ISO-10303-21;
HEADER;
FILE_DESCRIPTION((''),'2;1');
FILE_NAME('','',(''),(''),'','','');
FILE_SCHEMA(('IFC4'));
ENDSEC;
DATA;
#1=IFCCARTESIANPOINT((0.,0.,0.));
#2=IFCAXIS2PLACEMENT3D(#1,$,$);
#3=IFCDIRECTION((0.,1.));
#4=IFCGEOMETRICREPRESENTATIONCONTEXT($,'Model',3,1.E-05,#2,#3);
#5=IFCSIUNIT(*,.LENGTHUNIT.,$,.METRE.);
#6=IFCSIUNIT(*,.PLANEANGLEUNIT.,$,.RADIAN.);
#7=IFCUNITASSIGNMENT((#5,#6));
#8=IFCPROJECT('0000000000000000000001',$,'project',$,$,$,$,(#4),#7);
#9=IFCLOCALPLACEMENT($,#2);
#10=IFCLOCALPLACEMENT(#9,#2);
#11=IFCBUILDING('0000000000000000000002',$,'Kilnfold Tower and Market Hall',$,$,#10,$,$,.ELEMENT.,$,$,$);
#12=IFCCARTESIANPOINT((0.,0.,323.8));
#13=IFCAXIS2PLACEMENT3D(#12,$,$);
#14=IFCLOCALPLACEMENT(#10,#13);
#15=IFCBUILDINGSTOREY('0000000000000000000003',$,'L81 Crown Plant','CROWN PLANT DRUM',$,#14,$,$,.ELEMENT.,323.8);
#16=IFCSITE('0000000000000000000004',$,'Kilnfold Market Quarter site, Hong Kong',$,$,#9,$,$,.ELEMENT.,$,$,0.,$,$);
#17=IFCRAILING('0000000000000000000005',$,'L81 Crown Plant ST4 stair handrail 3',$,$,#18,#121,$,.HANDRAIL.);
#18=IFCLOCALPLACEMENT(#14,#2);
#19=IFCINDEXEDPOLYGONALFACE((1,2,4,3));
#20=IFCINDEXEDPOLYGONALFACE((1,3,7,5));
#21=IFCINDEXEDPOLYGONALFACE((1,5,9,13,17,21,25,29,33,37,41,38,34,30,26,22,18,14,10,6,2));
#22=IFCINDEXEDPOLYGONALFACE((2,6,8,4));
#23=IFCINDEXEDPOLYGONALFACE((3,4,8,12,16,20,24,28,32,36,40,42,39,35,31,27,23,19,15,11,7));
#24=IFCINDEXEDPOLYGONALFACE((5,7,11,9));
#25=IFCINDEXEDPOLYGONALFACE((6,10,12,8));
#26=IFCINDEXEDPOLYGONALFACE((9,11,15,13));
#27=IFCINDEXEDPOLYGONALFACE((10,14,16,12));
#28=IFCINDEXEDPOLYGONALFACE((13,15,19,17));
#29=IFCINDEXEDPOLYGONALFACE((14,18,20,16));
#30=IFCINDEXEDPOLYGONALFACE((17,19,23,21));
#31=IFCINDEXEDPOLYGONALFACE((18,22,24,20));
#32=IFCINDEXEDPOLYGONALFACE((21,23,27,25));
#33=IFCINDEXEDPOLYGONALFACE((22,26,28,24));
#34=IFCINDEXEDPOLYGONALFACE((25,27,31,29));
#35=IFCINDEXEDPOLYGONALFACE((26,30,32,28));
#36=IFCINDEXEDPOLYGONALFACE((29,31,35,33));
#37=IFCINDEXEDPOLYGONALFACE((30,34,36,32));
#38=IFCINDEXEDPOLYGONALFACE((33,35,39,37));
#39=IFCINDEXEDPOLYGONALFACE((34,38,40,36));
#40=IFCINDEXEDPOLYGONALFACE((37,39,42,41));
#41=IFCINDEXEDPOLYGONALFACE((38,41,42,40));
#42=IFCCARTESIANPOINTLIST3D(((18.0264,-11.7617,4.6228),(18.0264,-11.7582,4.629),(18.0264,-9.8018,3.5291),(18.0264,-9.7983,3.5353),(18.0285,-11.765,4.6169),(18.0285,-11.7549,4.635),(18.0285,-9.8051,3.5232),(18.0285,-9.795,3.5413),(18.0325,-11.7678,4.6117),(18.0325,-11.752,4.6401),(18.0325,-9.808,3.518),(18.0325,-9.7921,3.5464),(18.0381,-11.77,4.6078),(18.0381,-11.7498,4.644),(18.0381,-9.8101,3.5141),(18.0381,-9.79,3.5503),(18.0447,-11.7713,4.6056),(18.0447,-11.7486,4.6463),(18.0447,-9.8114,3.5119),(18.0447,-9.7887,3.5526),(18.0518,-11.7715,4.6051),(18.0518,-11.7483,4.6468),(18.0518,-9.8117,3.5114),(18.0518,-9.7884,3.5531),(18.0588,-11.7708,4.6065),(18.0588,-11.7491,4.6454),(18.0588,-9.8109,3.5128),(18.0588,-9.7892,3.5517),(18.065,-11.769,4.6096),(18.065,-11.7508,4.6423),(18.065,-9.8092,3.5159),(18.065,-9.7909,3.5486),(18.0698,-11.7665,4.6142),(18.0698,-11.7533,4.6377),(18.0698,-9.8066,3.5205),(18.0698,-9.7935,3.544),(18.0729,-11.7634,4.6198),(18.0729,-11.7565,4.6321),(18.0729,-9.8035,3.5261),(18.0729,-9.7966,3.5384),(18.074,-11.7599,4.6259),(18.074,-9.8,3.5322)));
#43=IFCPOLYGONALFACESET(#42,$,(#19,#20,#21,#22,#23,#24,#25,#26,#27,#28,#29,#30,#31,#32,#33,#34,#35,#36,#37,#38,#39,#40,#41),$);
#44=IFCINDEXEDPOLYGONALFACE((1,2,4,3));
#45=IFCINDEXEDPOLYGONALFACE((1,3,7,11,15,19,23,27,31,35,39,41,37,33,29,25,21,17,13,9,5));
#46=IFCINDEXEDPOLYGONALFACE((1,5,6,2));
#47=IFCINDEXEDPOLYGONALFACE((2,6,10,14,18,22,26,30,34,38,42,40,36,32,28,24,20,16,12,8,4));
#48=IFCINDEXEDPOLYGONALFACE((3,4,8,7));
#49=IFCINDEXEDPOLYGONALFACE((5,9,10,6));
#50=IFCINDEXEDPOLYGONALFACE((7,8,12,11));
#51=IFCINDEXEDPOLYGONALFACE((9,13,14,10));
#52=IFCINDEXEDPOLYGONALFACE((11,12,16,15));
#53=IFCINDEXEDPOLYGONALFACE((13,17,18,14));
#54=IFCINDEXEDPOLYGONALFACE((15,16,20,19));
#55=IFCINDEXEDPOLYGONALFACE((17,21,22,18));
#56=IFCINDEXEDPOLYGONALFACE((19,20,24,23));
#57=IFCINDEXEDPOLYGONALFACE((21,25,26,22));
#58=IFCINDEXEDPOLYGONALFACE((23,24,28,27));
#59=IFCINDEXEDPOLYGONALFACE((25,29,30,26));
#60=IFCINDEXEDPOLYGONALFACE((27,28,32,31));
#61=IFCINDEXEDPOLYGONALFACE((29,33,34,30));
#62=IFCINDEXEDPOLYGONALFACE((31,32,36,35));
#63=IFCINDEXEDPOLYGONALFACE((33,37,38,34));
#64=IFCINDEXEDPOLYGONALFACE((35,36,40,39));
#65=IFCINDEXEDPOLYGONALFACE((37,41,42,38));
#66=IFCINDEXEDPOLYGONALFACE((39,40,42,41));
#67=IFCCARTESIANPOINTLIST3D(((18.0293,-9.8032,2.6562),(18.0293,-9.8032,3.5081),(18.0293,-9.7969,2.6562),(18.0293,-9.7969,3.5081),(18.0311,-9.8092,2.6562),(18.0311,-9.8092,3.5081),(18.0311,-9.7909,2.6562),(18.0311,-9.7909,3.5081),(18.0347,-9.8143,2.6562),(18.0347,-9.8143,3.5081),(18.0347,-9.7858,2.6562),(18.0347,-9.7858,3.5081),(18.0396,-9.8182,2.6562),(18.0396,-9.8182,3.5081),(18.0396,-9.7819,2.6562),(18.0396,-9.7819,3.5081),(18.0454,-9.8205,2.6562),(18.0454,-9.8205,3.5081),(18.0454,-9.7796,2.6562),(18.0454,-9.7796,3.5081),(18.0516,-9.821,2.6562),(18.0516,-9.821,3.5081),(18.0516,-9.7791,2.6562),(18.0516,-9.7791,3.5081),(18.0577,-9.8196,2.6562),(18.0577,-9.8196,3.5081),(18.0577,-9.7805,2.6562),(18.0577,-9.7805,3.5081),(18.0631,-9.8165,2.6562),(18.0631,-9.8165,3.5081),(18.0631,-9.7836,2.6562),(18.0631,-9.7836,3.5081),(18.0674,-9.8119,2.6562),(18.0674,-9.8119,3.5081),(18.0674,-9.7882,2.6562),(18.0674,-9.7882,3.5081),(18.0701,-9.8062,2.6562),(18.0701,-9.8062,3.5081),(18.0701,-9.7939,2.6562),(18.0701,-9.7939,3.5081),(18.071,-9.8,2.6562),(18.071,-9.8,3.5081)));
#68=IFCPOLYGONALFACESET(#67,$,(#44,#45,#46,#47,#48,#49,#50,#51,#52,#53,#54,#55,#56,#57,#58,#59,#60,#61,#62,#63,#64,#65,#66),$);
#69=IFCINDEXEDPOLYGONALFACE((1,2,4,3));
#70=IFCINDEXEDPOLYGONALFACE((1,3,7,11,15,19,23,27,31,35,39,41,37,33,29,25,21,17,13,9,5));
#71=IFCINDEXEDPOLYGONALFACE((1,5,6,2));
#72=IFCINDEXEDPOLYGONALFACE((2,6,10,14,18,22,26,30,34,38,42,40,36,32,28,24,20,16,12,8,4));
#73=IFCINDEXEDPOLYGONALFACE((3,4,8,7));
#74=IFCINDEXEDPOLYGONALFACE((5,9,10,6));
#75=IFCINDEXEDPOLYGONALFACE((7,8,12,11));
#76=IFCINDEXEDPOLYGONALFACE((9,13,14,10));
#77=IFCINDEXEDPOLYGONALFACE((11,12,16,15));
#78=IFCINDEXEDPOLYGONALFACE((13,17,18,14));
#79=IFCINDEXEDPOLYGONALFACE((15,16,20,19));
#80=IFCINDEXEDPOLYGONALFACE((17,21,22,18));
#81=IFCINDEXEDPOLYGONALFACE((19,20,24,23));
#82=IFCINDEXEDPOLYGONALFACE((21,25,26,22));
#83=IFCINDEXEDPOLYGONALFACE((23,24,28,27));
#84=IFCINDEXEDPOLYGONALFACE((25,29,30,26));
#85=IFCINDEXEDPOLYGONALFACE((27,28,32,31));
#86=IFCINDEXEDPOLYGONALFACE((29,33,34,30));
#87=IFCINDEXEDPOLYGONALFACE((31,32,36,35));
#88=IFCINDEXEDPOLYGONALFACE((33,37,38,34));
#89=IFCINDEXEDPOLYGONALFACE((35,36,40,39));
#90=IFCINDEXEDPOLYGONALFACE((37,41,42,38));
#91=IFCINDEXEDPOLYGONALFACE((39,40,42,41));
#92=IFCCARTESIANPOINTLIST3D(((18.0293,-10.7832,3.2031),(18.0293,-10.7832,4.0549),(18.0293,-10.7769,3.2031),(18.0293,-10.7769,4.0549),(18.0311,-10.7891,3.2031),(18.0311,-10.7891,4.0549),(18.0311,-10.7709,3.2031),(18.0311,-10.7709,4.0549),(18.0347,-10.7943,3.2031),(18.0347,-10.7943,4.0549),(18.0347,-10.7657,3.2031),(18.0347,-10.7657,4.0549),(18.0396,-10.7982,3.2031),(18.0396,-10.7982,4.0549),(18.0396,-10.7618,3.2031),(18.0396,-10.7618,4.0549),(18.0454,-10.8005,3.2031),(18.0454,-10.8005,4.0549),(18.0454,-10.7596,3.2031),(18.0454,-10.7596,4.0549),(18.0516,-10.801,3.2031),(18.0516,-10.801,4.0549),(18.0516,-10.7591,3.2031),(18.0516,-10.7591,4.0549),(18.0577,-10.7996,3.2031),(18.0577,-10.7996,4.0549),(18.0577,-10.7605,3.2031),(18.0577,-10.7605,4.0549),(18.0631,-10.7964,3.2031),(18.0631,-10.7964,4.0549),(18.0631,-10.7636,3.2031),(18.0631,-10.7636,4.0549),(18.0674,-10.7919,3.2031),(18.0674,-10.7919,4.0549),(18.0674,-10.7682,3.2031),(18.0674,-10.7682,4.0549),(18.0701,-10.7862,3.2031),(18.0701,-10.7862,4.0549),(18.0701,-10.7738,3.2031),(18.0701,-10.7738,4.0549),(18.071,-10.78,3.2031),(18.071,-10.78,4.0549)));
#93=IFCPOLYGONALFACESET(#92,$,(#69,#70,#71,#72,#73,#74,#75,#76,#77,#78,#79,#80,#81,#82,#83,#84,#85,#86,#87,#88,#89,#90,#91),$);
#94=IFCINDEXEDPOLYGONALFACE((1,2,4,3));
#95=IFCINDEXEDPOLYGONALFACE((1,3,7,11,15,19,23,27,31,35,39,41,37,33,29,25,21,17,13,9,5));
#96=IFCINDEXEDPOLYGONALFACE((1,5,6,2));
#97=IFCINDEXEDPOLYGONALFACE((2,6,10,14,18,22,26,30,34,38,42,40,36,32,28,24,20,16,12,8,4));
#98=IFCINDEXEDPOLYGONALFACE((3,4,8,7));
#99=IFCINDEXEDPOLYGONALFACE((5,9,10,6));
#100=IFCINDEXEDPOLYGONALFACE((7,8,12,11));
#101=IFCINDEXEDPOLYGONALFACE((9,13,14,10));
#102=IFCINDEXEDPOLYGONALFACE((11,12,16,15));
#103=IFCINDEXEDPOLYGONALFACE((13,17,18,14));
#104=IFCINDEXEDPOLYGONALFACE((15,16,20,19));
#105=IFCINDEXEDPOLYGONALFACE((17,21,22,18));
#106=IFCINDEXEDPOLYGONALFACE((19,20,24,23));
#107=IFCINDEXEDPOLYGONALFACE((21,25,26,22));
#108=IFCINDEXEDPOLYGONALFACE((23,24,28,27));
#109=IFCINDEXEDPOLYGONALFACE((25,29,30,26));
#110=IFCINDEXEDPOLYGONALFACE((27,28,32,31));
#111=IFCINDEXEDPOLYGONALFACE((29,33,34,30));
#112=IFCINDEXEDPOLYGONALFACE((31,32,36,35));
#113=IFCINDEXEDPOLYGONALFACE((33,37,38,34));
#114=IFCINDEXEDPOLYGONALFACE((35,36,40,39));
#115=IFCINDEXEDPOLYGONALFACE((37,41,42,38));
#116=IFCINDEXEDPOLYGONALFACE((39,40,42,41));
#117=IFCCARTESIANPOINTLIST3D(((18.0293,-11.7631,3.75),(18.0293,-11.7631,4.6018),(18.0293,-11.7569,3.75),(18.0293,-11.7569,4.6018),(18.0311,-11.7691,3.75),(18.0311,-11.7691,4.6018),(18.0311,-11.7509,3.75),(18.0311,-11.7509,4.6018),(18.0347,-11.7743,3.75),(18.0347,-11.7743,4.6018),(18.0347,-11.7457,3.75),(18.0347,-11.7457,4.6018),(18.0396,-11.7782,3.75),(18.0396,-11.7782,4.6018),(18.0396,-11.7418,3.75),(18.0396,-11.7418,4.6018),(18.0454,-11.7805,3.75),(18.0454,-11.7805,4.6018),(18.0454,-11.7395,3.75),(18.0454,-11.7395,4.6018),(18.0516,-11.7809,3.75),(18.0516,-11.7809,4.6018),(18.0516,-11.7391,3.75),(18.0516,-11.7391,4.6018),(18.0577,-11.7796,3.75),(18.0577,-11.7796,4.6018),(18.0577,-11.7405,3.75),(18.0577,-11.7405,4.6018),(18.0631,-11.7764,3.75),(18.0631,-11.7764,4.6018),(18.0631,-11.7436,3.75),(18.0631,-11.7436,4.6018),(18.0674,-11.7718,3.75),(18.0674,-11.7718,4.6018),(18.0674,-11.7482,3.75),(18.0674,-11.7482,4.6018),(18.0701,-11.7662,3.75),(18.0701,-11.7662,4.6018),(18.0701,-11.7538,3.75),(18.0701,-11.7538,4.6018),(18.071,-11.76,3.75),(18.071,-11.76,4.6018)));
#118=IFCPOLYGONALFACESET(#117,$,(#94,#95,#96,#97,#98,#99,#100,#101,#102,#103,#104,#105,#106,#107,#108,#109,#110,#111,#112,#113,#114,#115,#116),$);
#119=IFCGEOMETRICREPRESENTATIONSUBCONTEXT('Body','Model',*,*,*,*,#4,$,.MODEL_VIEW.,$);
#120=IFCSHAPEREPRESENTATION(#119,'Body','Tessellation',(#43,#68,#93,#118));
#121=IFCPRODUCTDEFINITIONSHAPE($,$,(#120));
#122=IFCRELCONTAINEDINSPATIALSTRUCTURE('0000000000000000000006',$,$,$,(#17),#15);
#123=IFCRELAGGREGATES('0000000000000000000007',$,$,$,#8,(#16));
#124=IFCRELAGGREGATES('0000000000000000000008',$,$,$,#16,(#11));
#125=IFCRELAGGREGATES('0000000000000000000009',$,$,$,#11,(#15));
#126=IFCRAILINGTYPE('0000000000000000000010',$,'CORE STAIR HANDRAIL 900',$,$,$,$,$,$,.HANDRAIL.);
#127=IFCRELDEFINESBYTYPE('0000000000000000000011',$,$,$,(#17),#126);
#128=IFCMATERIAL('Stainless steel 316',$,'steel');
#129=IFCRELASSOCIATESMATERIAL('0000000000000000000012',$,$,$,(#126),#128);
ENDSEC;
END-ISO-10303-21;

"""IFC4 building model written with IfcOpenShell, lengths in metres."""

from ifc_helpers import new_model, si_unit, direction, frame, origin, origin_2d, place, context, subcontext, project, spatial, circle, extrude, material, type_object, element, save


model = new_model("IFC4")

# Units and contexts
model_context = context("Model", 3, precision=1e-05, world=origin(), true_north=direction((0.0, 1.0)))
body_context = subcontext(model_context, "Body", "Model", "MODEL_VIEW")
ifc_project = project(units=[si_unit("LENGTHUNIT", "METRE"), si_unit("PLANEANGLEUNIT", "RADIAN")], contexts=[model_context])

# Site, building, storey
site_placement = place(None, origin())
site = spatial("IfcSite", under=ifc_project, at=site_placement, Name="Kilnfold Market Quarter site, Hong Kong", CompositionType="ELEMENT", RefElevation=0.0)
building_placement = place(site_placement, origin())
building = spatial("IfcBuilding", under=site, at=building_placement, Name="Kilnfold Tower and Market Hall", CompositionType="ELEMENT")
storey_placement = place(building_placement, frame((0.0, 0.0, 323.8)))
storey = spatial("IfcBuildingStorey", under=building, at=storey_placement, Name="L81 Crown Plant", Description="CROWN PLANT DRUM", CompositionType="ELEMENT", Elevation=323.8)

# Railing
ifc_material_1 = material(Name="Stainless steel 316", Category="steel")
railing_type_1 = type_object("IfcRailingType", Name="CORE STAIR HANDRAIL 900", PredefinedType="HANDRAIL", material=ifc_material_1)
railing_1_placement = place(storey_placement, frame((18.05, -9.8, 2.6562)))
element("IfcRailing", 1, at=railing_1_placement, inside=storey, type_object=railing_type_1, Name="L81 Crown Plant ST4 stair handrail 3", PredefinedType="HANDRAIL", context=body_context, shape_type="SweptSolid", body=[
    extrude(circle(Radius=0.0239, at=origin_2d()), frame((0.0, 0.0, 0.876), z_axis=(0.0, -0.873232, 0.487304), x_axis=(1.0, 0.0, 0.0)), (0.0, 0.0, 1.0), 2.2444),
    extrude(circle(Radius=0.021, at=origin_2d()), origin(), (0.0, 0.0, 1.0), 0.8518),
    extrude(circle(Radius=0.021, at=origin_2d()), frame((0.0, -0.98, 0.5469)), (0.0, 0.0, 1.0), 0.8518),
    extrude(circle(Radius=0.021, at=origin_2d()), frame((0.0, -1.96, 1.0938)), (0.0, 0.0, 1.0), 0.8518),
])

save(model, "model.ifc")
